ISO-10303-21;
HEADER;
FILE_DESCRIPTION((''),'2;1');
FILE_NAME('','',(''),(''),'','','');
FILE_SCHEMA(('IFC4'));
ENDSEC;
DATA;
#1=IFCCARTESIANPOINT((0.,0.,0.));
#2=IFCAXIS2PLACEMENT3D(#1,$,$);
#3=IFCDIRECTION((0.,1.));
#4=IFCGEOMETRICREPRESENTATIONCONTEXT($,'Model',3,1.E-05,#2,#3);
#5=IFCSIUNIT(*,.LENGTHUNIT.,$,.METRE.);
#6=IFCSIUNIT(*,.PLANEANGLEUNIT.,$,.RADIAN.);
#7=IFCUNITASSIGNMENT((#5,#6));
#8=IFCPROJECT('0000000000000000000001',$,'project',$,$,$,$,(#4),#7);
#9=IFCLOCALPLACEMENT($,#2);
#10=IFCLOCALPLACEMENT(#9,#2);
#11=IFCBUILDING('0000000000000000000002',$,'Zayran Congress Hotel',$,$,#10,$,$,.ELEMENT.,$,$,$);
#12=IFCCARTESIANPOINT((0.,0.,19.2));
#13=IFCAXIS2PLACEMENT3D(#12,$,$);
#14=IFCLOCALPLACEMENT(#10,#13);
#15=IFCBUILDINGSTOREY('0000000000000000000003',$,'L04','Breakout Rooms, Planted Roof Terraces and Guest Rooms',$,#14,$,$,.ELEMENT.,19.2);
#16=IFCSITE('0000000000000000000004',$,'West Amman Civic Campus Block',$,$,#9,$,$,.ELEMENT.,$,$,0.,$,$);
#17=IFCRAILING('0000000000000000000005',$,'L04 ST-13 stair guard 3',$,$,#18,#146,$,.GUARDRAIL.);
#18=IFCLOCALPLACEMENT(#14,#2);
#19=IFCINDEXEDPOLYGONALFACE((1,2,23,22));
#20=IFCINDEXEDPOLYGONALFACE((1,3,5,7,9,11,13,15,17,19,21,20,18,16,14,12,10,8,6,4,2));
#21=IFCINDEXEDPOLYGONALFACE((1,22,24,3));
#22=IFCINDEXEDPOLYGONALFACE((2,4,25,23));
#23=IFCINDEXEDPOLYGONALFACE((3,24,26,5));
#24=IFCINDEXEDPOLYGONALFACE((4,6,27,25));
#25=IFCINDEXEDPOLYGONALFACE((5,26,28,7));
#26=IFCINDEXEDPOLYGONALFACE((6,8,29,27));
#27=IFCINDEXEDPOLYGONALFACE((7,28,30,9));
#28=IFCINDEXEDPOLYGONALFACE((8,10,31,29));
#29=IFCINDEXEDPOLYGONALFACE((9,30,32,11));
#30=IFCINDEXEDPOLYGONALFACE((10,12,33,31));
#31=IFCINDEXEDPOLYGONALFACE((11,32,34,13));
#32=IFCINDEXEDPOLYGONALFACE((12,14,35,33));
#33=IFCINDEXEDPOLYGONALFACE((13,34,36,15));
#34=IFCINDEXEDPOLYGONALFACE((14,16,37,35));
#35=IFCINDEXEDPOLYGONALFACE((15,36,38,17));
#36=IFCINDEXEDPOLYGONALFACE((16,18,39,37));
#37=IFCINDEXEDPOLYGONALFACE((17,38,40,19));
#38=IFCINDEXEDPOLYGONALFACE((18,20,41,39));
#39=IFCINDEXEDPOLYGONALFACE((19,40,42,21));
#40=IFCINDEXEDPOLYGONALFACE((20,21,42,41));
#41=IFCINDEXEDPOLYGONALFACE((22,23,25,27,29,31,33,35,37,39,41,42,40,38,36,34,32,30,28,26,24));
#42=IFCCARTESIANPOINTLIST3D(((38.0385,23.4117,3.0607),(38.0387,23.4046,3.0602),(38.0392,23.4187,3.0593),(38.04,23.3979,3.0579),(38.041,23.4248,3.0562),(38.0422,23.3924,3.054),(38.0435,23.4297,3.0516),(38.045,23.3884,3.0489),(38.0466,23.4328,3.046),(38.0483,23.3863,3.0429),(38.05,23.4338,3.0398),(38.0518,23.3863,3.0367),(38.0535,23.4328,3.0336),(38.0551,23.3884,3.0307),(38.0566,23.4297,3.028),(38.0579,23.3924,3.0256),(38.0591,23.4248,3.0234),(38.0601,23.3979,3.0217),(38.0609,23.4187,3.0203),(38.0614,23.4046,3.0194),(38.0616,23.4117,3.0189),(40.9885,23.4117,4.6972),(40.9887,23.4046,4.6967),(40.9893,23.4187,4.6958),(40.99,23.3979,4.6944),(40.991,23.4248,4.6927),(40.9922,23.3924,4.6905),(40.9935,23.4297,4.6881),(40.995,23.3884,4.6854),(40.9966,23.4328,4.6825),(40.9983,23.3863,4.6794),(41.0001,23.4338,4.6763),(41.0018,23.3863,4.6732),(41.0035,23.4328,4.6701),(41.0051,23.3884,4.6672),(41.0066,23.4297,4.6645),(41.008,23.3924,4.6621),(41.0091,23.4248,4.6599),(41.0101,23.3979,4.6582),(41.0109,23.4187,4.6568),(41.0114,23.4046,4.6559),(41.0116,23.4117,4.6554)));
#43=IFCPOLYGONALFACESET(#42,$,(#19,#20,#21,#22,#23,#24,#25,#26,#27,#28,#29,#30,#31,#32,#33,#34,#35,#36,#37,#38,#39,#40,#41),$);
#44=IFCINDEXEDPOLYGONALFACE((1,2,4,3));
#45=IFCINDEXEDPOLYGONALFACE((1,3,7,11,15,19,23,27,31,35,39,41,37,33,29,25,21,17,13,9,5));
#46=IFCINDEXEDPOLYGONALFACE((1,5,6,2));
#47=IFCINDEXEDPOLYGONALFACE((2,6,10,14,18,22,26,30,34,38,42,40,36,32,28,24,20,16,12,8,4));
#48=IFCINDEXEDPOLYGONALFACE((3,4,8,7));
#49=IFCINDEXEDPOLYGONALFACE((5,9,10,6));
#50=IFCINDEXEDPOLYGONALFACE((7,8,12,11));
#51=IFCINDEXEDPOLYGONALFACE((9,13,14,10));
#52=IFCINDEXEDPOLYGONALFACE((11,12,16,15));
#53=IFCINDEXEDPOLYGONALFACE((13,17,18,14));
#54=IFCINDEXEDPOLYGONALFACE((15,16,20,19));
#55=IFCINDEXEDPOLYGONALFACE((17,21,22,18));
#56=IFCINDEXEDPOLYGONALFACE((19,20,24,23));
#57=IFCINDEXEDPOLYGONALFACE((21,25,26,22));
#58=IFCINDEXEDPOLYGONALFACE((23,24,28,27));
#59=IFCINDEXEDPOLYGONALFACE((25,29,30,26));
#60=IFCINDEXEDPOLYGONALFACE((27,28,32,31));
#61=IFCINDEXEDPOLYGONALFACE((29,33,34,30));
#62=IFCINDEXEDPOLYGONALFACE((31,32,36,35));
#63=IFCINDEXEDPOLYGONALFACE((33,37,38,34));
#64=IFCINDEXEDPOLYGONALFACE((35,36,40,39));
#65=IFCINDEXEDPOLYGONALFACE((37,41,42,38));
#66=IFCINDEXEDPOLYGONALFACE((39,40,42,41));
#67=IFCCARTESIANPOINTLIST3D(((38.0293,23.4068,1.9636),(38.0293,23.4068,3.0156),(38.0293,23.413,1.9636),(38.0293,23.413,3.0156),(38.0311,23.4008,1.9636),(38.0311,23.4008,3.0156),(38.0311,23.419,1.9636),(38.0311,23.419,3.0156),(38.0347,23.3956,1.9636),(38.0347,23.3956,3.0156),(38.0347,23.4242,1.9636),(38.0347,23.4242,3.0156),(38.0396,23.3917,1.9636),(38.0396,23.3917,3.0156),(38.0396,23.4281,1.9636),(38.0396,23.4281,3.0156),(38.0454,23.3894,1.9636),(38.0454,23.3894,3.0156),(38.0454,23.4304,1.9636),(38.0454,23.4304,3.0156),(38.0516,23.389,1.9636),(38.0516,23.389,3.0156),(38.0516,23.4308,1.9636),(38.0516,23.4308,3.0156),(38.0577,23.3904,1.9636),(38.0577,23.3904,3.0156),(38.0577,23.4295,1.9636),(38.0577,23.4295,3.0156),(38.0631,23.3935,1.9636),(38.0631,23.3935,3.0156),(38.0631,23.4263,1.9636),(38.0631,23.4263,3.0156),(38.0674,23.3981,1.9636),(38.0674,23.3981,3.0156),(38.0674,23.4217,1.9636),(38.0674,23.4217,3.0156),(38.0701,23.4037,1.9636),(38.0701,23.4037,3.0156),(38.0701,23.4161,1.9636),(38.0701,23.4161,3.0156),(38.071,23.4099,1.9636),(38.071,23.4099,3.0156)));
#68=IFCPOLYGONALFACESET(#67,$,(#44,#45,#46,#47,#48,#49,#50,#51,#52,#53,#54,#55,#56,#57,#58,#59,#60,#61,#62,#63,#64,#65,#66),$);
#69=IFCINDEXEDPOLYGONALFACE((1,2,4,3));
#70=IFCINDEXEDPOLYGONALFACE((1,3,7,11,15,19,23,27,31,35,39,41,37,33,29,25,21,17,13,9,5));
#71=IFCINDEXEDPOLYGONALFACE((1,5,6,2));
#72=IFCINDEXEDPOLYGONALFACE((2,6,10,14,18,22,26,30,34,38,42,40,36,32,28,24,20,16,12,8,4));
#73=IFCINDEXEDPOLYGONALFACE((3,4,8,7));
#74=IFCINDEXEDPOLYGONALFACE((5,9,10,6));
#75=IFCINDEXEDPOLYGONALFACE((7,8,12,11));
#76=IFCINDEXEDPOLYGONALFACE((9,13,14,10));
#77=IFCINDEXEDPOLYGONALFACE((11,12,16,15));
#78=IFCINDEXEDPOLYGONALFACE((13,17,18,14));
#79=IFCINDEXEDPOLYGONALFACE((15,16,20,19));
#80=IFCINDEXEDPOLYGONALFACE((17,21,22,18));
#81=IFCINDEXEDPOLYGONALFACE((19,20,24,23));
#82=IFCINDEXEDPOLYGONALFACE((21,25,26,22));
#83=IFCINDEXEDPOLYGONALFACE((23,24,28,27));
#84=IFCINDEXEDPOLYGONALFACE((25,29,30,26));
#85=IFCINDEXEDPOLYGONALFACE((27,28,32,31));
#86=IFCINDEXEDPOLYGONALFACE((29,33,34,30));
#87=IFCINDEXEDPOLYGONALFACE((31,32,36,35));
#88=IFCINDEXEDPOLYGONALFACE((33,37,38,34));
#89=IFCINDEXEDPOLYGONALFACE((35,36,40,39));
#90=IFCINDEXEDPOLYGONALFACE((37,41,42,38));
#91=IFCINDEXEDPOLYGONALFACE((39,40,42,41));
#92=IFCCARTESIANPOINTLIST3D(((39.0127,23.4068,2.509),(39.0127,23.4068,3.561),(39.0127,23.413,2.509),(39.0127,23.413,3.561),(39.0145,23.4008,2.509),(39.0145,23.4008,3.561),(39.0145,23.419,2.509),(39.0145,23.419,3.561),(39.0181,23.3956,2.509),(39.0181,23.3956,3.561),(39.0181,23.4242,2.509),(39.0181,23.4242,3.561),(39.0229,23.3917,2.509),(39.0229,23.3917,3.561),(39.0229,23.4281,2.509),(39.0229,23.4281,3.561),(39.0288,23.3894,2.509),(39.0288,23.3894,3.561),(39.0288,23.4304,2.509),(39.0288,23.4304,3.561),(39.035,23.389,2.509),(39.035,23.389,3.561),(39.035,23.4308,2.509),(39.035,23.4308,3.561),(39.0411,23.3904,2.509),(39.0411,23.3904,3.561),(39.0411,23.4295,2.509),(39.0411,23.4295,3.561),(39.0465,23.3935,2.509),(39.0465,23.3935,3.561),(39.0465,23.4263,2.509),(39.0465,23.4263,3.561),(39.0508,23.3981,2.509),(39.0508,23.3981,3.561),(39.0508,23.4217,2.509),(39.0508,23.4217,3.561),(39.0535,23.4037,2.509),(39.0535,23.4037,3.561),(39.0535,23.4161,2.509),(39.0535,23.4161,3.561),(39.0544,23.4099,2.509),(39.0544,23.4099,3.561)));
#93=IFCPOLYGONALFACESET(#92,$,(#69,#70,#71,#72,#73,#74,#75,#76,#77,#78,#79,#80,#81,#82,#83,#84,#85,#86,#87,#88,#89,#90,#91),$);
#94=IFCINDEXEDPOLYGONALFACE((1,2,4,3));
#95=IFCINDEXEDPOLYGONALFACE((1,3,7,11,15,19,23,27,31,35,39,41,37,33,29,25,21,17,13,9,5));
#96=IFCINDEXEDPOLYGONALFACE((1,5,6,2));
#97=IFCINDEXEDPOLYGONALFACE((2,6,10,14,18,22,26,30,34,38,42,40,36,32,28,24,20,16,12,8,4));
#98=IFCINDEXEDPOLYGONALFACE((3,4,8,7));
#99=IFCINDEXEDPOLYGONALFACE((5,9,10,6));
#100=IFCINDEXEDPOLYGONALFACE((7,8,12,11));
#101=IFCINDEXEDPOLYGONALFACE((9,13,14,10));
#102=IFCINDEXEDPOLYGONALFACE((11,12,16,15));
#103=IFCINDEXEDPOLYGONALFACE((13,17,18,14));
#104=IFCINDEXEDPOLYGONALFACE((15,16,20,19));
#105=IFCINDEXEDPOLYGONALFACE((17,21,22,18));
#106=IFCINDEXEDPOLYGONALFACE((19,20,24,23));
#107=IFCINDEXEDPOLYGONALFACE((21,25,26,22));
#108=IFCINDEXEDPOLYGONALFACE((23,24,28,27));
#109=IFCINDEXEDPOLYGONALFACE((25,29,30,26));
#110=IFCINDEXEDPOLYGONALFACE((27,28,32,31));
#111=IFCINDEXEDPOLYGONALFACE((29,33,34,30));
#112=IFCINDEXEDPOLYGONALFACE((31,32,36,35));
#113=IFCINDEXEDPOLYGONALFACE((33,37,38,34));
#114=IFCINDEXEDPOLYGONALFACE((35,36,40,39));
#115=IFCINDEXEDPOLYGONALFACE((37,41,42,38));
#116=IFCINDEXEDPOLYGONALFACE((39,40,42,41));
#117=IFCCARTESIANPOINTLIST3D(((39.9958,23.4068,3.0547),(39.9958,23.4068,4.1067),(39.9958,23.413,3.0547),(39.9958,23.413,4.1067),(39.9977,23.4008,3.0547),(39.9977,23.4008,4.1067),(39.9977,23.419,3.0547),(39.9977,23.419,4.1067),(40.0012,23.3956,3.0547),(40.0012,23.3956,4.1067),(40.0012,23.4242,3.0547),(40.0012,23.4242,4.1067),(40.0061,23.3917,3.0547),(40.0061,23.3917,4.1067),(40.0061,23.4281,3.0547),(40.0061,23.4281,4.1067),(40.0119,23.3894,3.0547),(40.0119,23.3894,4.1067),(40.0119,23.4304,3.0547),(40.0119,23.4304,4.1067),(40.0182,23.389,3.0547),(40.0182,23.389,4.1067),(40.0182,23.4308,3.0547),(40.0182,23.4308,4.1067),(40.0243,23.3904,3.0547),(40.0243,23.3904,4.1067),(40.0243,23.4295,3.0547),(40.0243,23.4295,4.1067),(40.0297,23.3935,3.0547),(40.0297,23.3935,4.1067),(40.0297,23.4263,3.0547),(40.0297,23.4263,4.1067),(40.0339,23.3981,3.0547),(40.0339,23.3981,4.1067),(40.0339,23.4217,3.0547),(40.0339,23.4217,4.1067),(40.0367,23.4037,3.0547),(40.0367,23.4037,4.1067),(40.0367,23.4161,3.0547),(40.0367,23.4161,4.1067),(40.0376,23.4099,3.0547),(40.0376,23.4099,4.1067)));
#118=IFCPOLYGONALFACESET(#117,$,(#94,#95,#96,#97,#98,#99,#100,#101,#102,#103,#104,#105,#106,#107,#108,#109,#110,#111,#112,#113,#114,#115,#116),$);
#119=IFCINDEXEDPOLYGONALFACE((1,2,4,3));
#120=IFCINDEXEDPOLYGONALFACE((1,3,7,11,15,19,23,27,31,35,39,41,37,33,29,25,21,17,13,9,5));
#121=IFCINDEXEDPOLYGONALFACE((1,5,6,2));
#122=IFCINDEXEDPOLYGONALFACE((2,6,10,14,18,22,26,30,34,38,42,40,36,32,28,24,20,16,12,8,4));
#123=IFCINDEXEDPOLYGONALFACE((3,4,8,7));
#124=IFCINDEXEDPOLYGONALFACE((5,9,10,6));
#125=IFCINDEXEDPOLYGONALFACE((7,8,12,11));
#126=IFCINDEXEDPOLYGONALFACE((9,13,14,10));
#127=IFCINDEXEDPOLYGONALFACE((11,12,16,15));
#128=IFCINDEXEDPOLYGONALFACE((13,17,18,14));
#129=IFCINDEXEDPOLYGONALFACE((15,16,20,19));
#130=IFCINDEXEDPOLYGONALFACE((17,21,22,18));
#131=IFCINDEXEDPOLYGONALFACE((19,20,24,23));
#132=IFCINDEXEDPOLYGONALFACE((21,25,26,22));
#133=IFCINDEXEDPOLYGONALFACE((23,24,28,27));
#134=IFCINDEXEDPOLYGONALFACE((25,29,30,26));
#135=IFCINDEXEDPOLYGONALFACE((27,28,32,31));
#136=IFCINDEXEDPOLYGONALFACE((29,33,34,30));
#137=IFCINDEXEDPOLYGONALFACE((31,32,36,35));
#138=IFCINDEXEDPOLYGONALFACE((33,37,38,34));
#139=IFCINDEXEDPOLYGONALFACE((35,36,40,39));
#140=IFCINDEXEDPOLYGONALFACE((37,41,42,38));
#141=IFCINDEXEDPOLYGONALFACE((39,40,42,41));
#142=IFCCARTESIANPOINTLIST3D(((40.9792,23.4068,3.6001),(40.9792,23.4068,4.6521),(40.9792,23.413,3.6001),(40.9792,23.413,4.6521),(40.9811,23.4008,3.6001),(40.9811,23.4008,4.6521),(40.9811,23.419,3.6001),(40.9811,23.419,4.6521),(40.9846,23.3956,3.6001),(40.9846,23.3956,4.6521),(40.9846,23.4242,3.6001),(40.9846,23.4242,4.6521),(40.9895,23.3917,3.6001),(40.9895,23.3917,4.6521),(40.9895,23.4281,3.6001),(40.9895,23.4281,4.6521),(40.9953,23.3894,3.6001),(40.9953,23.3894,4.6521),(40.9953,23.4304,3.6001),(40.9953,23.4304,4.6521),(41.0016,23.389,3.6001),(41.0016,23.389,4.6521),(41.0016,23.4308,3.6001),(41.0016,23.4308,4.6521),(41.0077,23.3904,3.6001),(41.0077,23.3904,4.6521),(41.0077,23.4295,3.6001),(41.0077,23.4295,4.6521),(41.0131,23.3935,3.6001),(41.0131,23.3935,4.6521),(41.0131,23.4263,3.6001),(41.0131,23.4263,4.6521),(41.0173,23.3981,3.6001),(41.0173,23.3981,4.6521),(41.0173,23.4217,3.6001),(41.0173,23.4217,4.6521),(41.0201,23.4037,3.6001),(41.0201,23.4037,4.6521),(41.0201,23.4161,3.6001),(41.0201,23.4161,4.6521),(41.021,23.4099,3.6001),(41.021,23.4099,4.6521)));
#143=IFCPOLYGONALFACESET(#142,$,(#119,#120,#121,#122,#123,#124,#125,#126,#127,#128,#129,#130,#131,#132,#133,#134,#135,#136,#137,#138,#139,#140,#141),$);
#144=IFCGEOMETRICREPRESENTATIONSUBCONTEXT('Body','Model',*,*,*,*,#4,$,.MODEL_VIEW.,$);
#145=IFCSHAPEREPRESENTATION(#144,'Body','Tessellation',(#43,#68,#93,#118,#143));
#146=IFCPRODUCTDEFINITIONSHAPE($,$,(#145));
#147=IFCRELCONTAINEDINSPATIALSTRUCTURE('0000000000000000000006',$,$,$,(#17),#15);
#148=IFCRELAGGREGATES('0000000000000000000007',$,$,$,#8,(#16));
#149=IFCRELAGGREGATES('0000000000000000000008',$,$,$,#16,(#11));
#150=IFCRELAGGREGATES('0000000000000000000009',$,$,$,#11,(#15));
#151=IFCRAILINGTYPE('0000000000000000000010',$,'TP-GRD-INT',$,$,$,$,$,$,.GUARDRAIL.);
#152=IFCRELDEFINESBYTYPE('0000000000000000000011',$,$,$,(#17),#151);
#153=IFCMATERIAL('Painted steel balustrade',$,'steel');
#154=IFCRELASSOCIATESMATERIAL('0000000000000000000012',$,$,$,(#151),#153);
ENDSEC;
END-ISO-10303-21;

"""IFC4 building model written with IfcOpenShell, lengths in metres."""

from ifc_helpers import new_model, si_unit, direction, frame, origin, origin_2d, place, context, subcontext, project, spatial, circle, extrude, material, type_object, element, save


model = new_model("IFC4")

# Units and contexts
model_context = context("Model", 3, precision=1e-05, world=origin(), true_north=direction((0.0, 1.0)))
body_context = subcontext(model_context, "Body", "Model", "MODEL_VIEW")
ifc_project = project(units=[si_unit("LENGTHUNIT", "METRE"), si_unit("PLANEANGLEUNIT", "RADIAN")], contexts=[model_context])

# Site, building, storey
site_placement = place(None, origin())
site = spatial("IfcSite", under=ifc_project, at=site_placement, Name="West Amman Civic Campus Block", CompositionType="ELEMENT", RefElevation=0.0)
building_placement = place(site_placement, origin())
building = spatial("IfcBuilding", under=site, at=building_placement, Name="Zayran Congress Hotel", CompositionType="ELEMENT")
storey_placement = place(building_placement, frame((0.0, 0.0, 19.2)))
storey = spatial("IfcBuildingStorey", under=building, at=storey_placement, Name="L04", Description="Breakout Rooms, Planted Roof Terraces and Guest Rooms", CompositionType="ELEMENT", Elevation=19.2)

# Railing
ifc_material_1 = material(Name="Painted steel balustrade", Category="steel")
railing_type_1 = type_object("IfcRailingType", Name="TP-GRD-INT", PredefinedType="GUARDRAIL", material=ifc_material_1)
railing_1_placement = place(storey_placement, frame((38.05, 23.4099, 1.9636)))
element("IfcRailing", 1, at=railing_1_placement, inside=storey, type_object=railing_type_1, Name="L04 ST-13 stair guard 3", PredefinedType="GUARDRAIL", context=body_context, shape_type="SweptSolid", body=[
    extrude(circle(Radius=0.0239, at=origin_2d()), frame((0.0, 0.0, 1.0762), z_axis=(0.874458, 0.0, 0.485102), x_axis=(0.0, 1.0, 0.0)), (0.0, 0.0, 1.0), 3.3735),
    extrude(circle(Radius=0.021, at=origin_2d()), origin(), (0.0, 0.0, 1.0), 1.052),
    extrude(circle(Radius=0.021, at=origin_2d()), frame((0.9834, 0.0, 0.5454)), (0.0, 0.0, 1.0), 1.052),
    extrude(circle(Radius=0.021, at=origin_2d()), frame((1.9666, 0.0, 1.0911)), (0.0, 0.0, 1.0), 1.052),
    extrude(circle(Radius=0.021, at=origin_2d()), frame((2.95, 0.0, 1.6365)), (0.0, 0.0, 1.0), 1.052),
])

save(model, "model.ifc")
